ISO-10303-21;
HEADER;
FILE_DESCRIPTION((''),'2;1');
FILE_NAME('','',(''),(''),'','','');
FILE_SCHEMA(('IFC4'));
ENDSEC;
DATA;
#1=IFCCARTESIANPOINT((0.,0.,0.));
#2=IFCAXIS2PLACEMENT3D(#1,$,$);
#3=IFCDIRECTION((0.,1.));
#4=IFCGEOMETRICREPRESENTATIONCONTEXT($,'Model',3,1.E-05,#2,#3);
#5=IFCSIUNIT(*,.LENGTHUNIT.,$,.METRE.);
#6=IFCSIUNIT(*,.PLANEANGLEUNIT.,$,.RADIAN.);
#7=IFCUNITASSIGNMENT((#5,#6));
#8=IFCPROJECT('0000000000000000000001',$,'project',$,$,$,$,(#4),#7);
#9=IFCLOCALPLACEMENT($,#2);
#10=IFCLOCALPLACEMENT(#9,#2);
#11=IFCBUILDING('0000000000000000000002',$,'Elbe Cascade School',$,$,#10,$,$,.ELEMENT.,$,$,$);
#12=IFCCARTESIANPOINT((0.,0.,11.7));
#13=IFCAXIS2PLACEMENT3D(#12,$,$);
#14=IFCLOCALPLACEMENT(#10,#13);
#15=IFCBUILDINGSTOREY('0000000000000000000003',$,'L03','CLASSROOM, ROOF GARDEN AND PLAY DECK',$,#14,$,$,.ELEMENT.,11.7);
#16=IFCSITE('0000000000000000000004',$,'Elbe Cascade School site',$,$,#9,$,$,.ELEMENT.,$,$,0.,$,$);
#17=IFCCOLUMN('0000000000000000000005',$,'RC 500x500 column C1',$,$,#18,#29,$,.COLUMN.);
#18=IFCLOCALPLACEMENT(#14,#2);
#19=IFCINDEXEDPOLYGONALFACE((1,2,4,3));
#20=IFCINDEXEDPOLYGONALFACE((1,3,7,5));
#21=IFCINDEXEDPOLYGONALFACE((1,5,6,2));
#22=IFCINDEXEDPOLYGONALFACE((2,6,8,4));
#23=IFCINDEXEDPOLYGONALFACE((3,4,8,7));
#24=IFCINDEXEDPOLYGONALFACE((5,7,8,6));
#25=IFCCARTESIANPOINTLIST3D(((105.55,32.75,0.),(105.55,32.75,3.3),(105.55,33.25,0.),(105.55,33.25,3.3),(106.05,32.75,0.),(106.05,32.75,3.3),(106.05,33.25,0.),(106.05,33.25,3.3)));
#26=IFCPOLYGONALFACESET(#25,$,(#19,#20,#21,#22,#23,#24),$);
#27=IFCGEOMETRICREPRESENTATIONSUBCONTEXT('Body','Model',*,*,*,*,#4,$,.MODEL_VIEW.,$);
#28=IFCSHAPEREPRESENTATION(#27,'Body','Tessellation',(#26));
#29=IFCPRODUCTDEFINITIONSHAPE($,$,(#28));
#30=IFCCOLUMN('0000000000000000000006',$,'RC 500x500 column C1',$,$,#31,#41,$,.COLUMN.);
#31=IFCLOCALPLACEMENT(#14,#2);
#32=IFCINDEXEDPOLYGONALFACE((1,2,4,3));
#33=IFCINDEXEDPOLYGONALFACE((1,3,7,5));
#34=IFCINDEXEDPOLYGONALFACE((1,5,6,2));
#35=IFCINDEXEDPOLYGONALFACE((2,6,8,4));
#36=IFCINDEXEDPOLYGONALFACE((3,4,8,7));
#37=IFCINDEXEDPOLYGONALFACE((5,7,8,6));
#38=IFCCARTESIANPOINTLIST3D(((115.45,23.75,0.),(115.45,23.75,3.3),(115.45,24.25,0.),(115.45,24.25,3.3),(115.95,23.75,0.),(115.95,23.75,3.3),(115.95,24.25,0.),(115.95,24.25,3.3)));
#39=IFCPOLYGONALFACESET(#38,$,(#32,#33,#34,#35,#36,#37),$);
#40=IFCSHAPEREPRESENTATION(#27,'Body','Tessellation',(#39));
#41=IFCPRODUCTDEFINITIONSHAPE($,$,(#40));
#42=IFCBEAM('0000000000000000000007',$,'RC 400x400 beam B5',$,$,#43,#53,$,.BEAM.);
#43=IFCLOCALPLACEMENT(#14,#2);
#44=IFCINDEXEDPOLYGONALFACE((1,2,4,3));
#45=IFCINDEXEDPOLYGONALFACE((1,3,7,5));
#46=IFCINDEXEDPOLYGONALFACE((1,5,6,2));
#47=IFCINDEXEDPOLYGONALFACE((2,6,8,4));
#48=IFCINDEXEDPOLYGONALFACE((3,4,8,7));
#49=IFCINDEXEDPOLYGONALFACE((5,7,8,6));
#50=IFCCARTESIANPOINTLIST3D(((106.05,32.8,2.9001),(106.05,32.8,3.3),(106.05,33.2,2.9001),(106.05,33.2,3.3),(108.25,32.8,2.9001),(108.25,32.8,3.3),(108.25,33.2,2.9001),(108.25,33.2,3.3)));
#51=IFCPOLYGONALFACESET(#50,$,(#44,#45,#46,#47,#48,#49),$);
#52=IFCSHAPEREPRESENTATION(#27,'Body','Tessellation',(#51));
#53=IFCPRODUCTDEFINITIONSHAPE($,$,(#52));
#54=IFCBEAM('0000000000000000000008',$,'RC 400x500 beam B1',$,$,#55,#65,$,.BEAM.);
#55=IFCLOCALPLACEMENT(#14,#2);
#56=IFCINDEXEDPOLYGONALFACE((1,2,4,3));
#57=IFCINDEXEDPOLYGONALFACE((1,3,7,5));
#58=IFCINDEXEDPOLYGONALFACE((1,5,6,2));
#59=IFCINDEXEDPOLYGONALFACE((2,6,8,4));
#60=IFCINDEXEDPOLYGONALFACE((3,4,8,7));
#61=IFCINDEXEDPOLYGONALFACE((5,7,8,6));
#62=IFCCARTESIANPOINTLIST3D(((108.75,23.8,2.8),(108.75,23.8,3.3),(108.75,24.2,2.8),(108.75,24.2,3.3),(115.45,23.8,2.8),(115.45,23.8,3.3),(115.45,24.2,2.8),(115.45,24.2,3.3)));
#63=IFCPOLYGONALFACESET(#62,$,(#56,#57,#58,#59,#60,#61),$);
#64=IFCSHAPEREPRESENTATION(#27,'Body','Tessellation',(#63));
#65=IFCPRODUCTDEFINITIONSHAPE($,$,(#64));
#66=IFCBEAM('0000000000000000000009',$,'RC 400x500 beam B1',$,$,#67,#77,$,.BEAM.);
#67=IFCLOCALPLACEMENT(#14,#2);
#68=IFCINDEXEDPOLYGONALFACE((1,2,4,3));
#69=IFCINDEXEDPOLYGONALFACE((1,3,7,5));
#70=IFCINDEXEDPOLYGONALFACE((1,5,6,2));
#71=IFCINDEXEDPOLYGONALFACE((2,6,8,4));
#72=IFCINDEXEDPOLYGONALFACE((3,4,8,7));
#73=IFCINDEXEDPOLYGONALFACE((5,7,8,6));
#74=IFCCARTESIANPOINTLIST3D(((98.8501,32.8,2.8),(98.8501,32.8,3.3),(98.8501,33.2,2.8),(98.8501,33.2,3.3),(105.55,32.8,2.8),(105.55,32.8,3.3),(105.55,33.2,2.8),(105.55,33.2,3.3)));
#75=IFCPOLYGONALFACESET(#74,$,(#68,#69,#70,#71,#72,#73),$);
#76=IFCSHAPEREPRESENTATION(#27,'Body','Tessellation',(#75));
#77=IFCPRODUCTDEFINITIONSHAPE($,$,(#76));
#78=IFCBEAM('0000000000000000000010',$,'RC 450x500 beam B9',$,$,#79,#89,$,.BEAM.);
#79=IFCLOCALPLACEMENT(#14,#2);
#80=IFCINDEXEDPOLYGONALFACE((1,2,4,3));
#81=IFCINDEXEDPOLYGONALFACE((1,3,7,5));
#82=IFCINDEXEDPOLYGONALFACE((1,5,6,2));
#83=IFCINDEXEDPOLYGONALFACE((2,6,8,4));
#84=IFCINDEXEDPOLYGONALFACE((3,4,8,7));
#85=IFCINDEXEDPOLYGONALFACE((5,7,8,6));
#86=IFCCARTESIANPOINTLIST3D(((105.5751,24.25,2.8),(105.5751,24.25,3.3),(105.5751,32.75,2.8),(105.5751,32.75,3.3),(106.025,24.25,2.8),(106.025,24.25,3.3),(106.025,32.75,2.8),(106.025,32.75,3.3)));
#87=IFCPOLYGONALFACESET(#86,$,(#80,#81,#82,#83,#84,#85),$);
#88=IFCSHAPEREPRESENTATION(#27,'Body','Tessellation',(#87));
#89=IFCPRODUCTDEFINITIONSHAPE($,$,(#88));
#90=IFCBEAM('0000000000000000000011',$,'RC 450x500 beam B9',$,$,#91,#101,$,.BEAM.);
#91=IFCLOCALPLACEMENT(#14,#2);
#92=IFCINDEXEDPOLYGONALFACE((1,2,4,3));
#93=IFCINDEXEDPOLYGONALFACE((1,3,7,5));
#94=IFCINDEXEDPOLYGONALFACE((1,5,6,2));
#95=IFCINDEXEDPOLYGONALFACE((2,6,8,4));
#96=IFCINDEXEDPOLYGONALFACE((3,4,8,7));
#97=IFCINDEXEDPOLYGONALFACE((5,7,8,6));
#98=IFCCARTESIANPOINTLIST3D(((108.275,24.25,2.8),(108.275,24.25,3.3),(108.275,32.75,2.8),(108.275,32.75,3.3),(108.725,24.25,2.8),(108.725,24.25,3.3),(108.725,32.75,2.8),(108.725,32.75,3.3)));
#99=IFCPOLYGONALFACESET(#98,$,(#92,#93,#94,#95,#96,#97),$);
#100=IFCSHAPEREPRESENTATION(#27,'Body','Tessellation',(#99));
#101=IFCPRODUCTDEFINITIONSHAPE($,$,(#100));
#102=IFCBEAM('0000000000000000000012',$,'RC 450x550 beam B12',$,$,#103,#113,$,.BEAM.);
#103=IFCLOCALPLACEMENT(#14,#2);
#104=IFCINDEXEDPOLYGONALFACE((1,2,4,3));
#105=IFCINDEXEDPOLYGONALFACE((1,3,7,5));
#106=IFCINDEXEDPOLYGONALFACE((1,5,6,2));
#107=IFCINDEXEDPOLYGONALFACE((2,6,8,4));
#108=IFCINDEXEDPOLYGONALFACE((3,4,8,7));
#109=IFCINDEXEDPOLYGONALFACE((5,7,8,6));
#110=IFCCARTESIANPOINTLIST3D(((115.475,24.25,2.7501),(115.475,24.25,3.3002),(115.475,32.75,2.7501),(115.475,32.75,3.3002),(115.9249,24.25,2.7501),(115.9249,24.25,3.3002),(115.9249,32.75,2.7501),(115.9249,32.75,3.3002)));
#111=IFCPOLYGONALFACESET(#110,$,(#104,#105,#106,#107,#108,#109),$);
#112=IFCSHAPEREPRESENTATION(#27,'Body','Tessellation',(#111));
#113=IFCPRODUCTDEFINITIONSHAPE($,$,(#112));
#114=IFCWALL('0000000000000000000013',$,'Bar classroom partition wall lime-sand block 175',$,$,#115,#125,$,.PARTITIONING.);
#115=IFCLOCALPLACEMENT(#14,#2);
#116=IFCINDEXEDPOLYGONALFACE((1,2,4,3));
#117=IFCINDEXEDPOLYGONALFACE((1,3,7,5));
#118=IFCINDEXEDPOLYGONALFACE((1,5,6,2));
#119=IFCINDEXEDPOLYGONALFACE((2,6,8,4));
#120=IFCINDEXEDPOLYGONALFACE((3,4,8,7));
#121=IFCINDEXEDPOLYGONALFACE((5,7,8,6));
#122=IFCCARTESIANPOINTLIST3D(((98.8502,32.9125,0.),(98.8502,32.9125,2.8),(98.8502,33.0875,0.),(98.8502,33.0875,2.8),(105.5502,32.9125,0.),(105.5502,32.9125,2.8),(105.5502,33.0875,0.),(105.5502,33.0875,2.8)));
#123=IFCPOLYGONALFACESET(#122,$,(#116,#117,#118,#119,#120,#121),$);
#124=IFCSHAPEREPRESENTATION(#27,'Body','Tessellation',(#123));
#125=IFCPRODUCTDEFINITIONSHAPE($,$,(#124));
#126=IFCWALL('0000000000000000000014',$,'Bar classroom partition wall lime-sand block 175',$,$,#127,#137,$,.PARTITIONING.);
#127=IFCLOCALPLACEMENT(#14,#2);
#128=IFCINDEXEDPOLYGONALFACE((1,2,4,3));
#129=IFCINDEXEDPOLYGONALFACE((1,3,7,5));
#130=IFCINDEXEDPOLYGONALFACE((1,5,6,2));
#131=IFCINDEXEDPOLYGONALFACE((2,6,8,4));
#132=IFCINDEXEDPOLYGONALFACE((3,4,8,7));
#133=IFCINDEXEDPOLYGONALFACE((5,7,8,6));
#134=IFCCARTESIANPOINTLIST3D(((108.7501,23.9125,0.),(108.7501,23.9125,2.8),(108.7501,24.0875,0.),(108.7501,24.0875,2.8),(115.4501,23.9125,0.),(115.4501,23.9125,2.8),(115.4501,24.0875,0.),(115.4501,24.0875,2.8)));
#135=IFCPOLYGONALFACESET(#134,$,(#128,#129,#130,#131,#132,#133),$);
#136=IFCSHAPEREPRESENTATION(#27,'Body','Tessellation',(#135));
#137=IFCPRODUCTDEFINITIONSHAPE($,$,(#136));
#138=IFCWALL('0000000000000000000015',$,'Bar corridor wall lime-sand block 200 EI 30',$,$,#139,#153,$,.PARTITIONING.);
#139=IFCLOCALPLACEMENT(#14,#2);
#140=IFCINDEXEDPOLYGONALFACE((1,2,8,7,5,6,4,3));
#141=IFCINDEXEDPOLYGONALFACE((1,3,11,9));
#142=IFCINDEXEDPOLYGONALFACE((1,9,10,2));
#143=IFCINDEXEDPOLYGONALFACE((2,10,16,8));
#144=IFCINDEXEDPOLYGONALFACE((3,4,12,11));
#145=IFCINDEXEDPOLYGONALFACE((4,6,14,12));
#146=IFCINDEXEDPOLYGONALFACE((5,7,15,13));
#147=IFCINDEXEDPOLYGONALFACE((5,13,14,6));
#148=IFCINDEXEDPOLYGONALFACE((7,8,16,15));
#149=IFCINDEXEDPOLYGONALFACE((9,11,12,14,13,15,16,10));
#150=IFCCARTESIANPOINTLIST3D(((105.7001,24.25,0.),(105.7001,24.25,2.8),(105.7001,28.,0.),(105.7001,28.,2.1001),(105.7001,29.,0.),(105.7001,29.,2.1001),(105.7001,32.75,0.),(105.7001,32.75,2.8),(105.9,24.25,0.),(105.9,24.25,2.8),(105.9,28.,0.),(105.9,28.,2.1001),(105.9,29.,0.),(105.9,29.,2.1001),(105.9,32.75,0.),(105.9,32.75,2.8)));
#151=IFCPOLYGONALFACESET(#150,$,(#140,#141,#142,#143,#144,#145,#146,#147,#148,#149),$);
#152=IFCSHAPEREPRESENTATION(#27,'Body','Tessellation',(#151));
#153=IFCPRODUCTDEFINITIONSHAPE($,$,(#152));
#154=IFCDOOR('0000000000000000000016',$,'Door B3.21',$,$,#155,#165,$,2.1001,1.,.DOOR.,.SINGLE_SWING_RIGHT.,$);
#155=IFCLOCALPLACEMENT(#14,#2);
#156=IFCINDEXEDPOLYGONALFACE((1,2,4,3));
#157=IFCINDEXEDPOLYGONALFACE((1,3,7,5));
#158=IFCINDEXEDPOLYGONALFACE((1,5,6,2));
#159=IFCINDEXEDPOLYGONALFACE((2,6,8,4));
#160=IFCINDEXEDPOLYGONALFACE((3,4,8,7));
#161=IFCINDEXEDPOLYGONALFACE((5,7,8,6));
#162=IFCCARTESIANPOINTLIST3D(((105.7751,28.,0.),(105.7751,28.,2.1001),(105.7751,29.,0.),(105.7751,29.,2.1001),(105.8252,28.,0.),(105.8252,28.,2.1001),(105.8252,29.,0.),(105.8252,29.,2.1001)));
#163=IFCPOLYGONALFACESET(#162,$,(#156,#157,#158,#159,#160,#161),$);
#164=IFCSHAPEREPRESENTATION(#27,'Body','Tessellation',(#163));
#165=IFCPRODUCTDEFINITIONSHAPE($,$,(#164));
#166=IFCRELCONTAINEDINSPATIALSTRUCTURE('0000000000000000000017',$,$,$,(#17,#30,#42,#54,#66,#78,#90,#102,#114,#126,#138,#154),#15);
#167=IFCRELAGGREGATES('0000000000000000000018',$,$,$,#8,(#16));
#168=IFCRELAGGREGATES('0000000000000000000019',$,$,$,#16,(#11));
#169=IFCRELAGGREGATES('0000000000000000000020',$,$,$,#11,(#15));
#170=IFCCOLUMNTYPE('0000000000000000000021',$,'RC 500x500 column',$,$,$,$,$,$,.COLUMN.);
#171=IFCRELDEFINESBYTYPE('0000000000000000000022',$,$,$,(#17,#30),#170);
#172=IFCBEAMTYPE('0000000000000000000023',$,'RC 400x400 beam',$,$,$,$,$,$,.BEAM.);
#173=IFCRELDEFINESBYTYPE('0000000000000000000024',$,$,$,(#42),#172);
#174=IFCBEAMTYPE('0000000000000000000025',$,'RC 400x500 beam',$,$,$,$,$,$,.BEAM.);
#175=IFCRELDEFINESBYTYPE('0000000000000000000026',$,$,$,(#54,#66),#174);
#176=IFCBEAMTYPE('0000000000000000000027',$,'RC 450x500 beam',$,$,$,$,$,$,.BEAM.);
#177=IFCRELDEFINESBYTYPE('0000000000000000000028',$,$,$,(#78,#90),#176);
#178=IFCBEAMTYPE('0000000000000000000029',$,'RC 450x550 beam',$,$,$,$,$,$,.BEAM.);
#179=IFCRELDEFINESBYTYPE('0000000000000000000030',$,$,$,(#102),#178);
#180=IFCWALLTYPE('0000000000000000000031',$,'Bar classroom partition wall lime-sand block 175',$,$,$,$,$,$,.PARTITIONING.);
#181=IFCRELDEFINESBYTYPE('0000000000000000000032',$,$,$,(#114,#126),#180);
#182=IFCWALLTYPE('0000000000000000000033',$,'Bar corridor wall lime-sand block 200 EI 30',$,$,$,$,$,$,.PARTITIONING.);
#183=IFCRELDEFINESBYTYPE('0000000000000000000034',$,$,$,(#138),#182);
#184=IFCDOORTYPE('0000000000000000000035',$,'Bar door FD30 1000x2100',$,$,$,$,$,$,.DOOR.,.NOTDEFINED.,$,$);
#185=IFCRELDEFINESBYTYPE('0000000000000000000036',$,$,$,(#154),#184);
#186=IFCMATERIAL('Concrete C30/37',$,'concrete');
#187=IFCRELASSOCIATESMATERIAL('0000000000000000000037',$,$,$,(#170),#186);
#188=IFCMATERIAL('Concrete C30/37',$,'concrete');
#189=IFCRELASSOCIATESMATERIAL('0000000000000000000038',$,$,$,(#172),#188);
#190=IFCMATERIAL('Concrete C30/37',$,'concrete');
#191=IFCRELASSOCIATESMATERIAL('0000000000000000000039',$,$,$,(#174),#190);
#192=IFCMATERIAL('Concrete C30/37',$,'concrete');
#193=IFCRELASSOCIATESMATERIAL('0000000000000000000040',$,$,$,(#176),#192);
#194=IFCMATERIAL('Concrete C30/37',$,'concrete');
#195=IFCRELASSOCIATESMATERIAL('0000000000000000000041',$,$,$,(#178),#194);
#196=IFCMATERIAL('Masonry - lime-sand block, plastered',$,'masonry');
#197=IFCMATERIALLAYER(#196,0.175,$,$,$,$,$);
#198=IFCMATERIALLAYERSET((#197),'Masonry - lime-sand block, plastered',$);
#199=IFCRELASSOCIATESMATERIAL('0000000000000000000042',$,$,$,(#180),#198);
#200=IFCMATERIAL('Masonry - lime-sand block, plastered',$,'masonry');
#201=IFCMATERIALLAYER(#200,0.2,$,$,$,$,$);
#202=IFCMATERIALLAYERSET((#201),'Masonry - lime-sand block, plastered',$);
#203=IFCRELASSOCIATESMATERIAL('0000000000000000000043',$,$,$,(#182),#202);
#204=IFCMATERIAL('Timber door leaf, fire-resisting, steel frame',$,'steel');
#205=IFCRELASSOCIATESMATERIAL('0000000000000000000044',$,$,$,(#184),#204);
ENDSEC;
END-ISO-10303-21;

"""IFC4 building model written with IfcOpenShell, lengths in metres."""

from ifc_helpers import new_model, si_unit, direction, frame, frame_2d, origin, origin_2d, place, context, subcontext, project, spatial, rectangle, extrude, material, layer, layer_set, material_profile, profile_set, type_object, element, fill, save


model = new_model("IFC4")

# Units and contexts
model_context = context("Model", 3, precision=1e-05, world=origin(), true_north=direction((0.0, 1.0)))
body_context = subcontext(model_context, "Body", "Model", "MODEL_VIEW")
ifc_project = project(units=[si_unit("LENGTHUNIT", "METRE"), si_unit("PLANEANGLEUNIT", "RADIAN")], contexts=[model_context])

# Site, building, storey
site_placement = place(None, origin())
site = spatial("IfcSite", under=ifc_project, at=site_placement, Name="Elbe Cascade School site", CompositionType="ELEMENT", RefElevation=0.0)
building_placement = place(site_placement, origin())
building = spatial("IfcBuilding", under=site, at=building_placement, Name="Elbe Cascade School", CompositionType="ELEMENT")
storey_placement = place(building_placement, frame((0.0, 0.0, 11.7)))
storey = spatial("IfcBuildingStorey", under=building, at=storey_placement, Name="L03", Description="CLASSROOM, ROOF GARDEN AND PLAY DECK", CompositionType="ELEMENT", Elevation=11.7)

# Columns
ifc_material_1 = material(Name="Concrete C30/37", Category="concrete")
ifc_material_profile_1 = material_profile(ifc_material_1, rectangle(XDim=0.5, YDim=0.5, at=origin_2d()), Name="RC 500x500")
ifc_profile_set_1 = profile_set([ifc_material_profile_1], Name="Concrete C30/37")
column_type = type_object("IfcColumnType", Name="RC 500x500 column", PredefinedType="COLUMN", material=ifc_profile_set_1)
for number, where, z_axis, x_axis, name in (
    (1, (105.8, 33.0, 0.0), (0.0, 0.0, 1.0), (1.0, 0.0, 0.0), "RC 500x500 column C1"),
    (2, (115.7, 24.0, 0.0), (0.0, 0.0, 1.0), (1.0, 0.0, 0.0), "RC 500x500 column C1"),
):
    element("IfcColumn", number, at=place(storey_placement, frame(where, z_axis=z_axis, x_axis=x_axis)), inside=storey, type_object=column_type, Name=name, PredefinedType="COLUMN", context=body_context, shape_type="SweptSolid", body=[
        extrude(rectangle(XDim=0.5, YDim=0.5, at=origin_2d()), origin(), (0.0, 0.0, 1.0), 3.3),
    ])

# Beams
ifc_material_2 = material(Name="Concrete C30/37", Category="concrete")
ifc_material_profile_2 = material_profile(ifc_material_2, rectangle(XDim=0.3999, YDim=0.3999, at=origin_2d()), Name="RC 400x400")
ifc_profile_set_2 = profile_set([ifc_material_profile_2], Name="Concrete C30/37")
beam_type_1 = type_object("IfcBeamType", Name="RC 400x400 beam", PredefinedType="BEAM", material=ifc_profile_set_2)
beam_1_placement = place(storey_placement, frame((106.05, 33.0, 3.1001), z_axis=(1.0, 0.0, 0.0), x_axis=(0.0, 1.0, 0.0)))
element("IfcBeam", 3, at=beam_1_placement, inside=storey, type_object=beam_type_1, Name="RC 400x400 beam B5", PredefinedType="BEAM", context=body_context, shape_type="SweptSolid", body=[
    extrude(rectangle(XDim=0.3999, YDim=0.3999, at=origin_2d()), origin(), (0.0, 0.0, 1.0), 2.2),
])
ifc_material_3 = material(Name="Concrete C30/37", Category="concrete")
ifc_material_profile_3 = material_profile(ifc_material_3, rectangle(XDim=0.3999, YDim=0.5, at=origin_2d()), Name="RC 400x500")
ifc_profile_set_3 = profile_set([ifc_material_profile_3], Name="Concrete C30/37")
beam_type_2 = type_object("IfcBeamType", Name="RC 400x500 beam", PredefinedType="BEAM", material=ifc_profile_set_3)
for number, where, z_axis, x_axis, name in (
    (4, (108.75, 24.0, 3.05), (1.0, 0.0, 0.0), (0.0, 1.0, 0.0), "RC 400x500 beam B1"),
    (5, (98.8501, 33.0, 3.05), (1.0, 0.0, 0.0), (0.0, 1.0, 0.0), "RC 400x500 beam B1"),
):
    element("IfcBeam", number, at=place(storey_placement, frame(where, z_axis=z_axis, x_axis=x_axis)), inside=storey, type_object=beam_type_2, Name=name, PredefinedType="BEAM", context=body_context, shape_type="SweptSolid", body=[
        extrude(rectangle(XDim=0.3999, YDim=0.5, at=origin_2d()), origin(), (0.0, 0.0, 1.0), 6.7),
    ])
ifc_material_4 = material(Name="Concrete C30/37", Category="concrete")
ifc_material_profile_4 = material_profile(ifc_material_4, rectangle(XDim=0.45, YDim=0.5, at=origin_2d()), Name="RC 450x500")
ifc_profile_set_4 = profile_set([ifc_material_profile_4], Name="Concrete C30/37")
beam_type_3 = type_object("IfcBeamType", Name="RC 450x500 beam", PredefinedType="BEAM", material=ifc_profile_set_4)
for number, where, z_axis, x_axis, name in (
    (6, (105.8, 24.25, 3.05), (0.0, 1.0, 0.0), (-1.0, 0.0, 0.0), "RC 450x500 beam B9"),
    (7, (108.5, 24.25, 3.05), (0.0, 1.0, 0.0), (-1.0, 0.0, 0.0), "RC 450x500 beam B9"),
):
    element("IfcBeam", number, at=place(storey_placement, frame(where, z_axis=z_axis, x_axis=x_axis)), inside=storey, type_object=beam_type_3, Name=name, PredefinedType="BEAM", context=body_context, shape_type="SweptSolid", body=[
        extrude(rectangle(XDim=0.45, YDim=0.5, at=origin_2d()), origin(), (0.0, 0.0, 1.0), 8.5),
    ])
ifc_material_5 = material(Name="Concrete C30/37", Category="concrete")
ifc_material_profile_5 = material_profile(ifc_material_5, rectangle(XDim=0.45, YDim=0.55, at=origin_2d()), Name="RC 450x550")
ifc_profile_set_5 = profile_set([ifc_material_profile_5], Name="Concrete C30/37")
beam_type_4 = type_object("IfcBeamType", Name="RC 450x550 beam", PredefinedType="BEAM", material=ifc_profile_set_5)
beam_2_placement = place(storey_placement, frame((115.7, 24.25, 3.0251), z_axis=(0.0, 1.0, 0.0), x_axis=(-1.0, 0.0, 0.0)))
element("IfcBeam", 8, at=beam_2_placement, inside=storey, type_object=beam_type_4, Name="RC 450x550 beam B12", PredefinedType="BEAM", context=body_context, shape_type="SweptSolid", body=[
    extrude(rectangle(XDim=0.45, YDim=0.55, at=origin_2d()), origin(), (0.0, 0.0, 1.0), 8.5),
])

# Walls
ifc_material_6 = material(Name="Masonry - lime-sand block, plastered", Category="masonry")
ifc_layer_1 = layer(ifc_material_6, 0.175)
ifc_layer_set_1 = layer_set([ifc_layer_1], Name="Masonry - lime-sand block, plastered")
wall_type_1 = type_object("IfcWallType", Name="Bar classroom partition wall lime-sand block 175", PredefinedType="PARTITIONING", material=ifc_layer_set_1)
for number, where, z_axis, x_axis, name in (
    (9, (98.8501, 33.0, 0.0), (0.0, 0.0, 1.0), (1.0, 0.0, 0.0), "Bar classroom partition wall lime-sand block 175"),
    (10, (108.75, 24.0, 0.0), (0.0, 0.0, 1.0), (1.0, 0.0, 0.0), "Bar classroom partition wall lime-sand block 175"),
):
    element("IfcWall", number, at=place(storey_placement, frame(where, z_axis=z_axis, x_axis=x_axis)), inside=storey, type_object=wall_type_1, Name=name, PredefinedType="PARTITIONING", context=body_context, shape_type="SweptSolid", body=[
        extrude(rectangle(XDim=6.7, YDim=0.175, at=frame_2d((3.3501, 0.0))), origin(), (0.0, 0.0, 1.0), 2.8),
    ])

# Wall, opening, door
ifc_material_7 = material(Name="Masonry - lime-sand block, plastered", Category="masonry")
ifc_layer_2 = layer(ifc_material_7, 0.2)
ifc_layer_set_2 = layer_set([ifc_layer_2], Name="Masonry - lime-sand block, plastered")
wall_type_2 = type_object("IfcWallType", Name="Bar corridor wall lime-sand block 200 EI 30", PredefinedType="PARTITIONING", material=ifc_layer_set_2)
wall_1_placement = place(storey_placement, frame((105.8, 24.25, 0.0), z_axis=(0.0, 0.0, 1.0), x_axis=(0.0, 1.0, 0.0)))
wall_1 = element("IfcWall", 11, at=wall_1_placement, inside=storey, type_object=wall_type_2, Name="Bar corridor wall lime-sand block 200 EI 30", PredefinedType="PARTITIONING", context=body_context, shape_type="SweptSolid", body=[
    extrude(rectangle(XDim=8.5, YDim=0.2, at=frame_2d((4.25, 0.0))), origin(), (0.0, 0.0, 1.0), 2.8),
])
opening_1_placement = place(wall_1_placement, frame((3.75, 0.0, 0.0)))
opening_1 = element("IfcOpeningElement", 12, at=opening_1_placement, cuts=wall_1, PredefinedType="OPENING", context=body_context, shape_type="SweptSolid", body=[
    extrude(rectangle(XDim=1.0, YDim=2.1001, at=frame_2d((0.5, 1.05))), frame((0.0, 0.1099, 0.0), z_axis=(0.0, -1.0, 0.0), x_axis=(1.0, 0.0, 0.0)), (0.0, 0.0, 1.0), 0.22),
])
ifc_material_8 = material(Name="Timber door leaf, fire-resisting, steel frame", Category="steel")
door_type = type_object("IfcDoorType", Name="Bar door FD30 1000x2100", OperationType="NOTDEFINED", PredefinedType="DOOR", material=ifc_material_8)
door_1_placement = place(opening_1_placement, origin())
door_1 = element("IfcDoor", 13, at=door_1_placement, inside=storey, type_object=door_type, Name="Door B3.21", OperationType="SINGLE_SWING_RIGHT", OverallHeight=2.1001, OverallWidth=1.0, PredefinedType="DOOR", context=body_context, shape_type="SweptSolid", body=[
    extrude(rectangle(XDim=1.0, YDim=2.1001, at=frame_2d((0.5, 1.05))), frame((0.0, 0.0249, 0.0), z_axis=(0.0, -1.0, 0.0), x_axis=(1.0, 0.0, 0.0)), (0.0, 0.0, 1.0), 0.05),
])
fill(opening_1, door_1)

save(model, "model.ifc")
